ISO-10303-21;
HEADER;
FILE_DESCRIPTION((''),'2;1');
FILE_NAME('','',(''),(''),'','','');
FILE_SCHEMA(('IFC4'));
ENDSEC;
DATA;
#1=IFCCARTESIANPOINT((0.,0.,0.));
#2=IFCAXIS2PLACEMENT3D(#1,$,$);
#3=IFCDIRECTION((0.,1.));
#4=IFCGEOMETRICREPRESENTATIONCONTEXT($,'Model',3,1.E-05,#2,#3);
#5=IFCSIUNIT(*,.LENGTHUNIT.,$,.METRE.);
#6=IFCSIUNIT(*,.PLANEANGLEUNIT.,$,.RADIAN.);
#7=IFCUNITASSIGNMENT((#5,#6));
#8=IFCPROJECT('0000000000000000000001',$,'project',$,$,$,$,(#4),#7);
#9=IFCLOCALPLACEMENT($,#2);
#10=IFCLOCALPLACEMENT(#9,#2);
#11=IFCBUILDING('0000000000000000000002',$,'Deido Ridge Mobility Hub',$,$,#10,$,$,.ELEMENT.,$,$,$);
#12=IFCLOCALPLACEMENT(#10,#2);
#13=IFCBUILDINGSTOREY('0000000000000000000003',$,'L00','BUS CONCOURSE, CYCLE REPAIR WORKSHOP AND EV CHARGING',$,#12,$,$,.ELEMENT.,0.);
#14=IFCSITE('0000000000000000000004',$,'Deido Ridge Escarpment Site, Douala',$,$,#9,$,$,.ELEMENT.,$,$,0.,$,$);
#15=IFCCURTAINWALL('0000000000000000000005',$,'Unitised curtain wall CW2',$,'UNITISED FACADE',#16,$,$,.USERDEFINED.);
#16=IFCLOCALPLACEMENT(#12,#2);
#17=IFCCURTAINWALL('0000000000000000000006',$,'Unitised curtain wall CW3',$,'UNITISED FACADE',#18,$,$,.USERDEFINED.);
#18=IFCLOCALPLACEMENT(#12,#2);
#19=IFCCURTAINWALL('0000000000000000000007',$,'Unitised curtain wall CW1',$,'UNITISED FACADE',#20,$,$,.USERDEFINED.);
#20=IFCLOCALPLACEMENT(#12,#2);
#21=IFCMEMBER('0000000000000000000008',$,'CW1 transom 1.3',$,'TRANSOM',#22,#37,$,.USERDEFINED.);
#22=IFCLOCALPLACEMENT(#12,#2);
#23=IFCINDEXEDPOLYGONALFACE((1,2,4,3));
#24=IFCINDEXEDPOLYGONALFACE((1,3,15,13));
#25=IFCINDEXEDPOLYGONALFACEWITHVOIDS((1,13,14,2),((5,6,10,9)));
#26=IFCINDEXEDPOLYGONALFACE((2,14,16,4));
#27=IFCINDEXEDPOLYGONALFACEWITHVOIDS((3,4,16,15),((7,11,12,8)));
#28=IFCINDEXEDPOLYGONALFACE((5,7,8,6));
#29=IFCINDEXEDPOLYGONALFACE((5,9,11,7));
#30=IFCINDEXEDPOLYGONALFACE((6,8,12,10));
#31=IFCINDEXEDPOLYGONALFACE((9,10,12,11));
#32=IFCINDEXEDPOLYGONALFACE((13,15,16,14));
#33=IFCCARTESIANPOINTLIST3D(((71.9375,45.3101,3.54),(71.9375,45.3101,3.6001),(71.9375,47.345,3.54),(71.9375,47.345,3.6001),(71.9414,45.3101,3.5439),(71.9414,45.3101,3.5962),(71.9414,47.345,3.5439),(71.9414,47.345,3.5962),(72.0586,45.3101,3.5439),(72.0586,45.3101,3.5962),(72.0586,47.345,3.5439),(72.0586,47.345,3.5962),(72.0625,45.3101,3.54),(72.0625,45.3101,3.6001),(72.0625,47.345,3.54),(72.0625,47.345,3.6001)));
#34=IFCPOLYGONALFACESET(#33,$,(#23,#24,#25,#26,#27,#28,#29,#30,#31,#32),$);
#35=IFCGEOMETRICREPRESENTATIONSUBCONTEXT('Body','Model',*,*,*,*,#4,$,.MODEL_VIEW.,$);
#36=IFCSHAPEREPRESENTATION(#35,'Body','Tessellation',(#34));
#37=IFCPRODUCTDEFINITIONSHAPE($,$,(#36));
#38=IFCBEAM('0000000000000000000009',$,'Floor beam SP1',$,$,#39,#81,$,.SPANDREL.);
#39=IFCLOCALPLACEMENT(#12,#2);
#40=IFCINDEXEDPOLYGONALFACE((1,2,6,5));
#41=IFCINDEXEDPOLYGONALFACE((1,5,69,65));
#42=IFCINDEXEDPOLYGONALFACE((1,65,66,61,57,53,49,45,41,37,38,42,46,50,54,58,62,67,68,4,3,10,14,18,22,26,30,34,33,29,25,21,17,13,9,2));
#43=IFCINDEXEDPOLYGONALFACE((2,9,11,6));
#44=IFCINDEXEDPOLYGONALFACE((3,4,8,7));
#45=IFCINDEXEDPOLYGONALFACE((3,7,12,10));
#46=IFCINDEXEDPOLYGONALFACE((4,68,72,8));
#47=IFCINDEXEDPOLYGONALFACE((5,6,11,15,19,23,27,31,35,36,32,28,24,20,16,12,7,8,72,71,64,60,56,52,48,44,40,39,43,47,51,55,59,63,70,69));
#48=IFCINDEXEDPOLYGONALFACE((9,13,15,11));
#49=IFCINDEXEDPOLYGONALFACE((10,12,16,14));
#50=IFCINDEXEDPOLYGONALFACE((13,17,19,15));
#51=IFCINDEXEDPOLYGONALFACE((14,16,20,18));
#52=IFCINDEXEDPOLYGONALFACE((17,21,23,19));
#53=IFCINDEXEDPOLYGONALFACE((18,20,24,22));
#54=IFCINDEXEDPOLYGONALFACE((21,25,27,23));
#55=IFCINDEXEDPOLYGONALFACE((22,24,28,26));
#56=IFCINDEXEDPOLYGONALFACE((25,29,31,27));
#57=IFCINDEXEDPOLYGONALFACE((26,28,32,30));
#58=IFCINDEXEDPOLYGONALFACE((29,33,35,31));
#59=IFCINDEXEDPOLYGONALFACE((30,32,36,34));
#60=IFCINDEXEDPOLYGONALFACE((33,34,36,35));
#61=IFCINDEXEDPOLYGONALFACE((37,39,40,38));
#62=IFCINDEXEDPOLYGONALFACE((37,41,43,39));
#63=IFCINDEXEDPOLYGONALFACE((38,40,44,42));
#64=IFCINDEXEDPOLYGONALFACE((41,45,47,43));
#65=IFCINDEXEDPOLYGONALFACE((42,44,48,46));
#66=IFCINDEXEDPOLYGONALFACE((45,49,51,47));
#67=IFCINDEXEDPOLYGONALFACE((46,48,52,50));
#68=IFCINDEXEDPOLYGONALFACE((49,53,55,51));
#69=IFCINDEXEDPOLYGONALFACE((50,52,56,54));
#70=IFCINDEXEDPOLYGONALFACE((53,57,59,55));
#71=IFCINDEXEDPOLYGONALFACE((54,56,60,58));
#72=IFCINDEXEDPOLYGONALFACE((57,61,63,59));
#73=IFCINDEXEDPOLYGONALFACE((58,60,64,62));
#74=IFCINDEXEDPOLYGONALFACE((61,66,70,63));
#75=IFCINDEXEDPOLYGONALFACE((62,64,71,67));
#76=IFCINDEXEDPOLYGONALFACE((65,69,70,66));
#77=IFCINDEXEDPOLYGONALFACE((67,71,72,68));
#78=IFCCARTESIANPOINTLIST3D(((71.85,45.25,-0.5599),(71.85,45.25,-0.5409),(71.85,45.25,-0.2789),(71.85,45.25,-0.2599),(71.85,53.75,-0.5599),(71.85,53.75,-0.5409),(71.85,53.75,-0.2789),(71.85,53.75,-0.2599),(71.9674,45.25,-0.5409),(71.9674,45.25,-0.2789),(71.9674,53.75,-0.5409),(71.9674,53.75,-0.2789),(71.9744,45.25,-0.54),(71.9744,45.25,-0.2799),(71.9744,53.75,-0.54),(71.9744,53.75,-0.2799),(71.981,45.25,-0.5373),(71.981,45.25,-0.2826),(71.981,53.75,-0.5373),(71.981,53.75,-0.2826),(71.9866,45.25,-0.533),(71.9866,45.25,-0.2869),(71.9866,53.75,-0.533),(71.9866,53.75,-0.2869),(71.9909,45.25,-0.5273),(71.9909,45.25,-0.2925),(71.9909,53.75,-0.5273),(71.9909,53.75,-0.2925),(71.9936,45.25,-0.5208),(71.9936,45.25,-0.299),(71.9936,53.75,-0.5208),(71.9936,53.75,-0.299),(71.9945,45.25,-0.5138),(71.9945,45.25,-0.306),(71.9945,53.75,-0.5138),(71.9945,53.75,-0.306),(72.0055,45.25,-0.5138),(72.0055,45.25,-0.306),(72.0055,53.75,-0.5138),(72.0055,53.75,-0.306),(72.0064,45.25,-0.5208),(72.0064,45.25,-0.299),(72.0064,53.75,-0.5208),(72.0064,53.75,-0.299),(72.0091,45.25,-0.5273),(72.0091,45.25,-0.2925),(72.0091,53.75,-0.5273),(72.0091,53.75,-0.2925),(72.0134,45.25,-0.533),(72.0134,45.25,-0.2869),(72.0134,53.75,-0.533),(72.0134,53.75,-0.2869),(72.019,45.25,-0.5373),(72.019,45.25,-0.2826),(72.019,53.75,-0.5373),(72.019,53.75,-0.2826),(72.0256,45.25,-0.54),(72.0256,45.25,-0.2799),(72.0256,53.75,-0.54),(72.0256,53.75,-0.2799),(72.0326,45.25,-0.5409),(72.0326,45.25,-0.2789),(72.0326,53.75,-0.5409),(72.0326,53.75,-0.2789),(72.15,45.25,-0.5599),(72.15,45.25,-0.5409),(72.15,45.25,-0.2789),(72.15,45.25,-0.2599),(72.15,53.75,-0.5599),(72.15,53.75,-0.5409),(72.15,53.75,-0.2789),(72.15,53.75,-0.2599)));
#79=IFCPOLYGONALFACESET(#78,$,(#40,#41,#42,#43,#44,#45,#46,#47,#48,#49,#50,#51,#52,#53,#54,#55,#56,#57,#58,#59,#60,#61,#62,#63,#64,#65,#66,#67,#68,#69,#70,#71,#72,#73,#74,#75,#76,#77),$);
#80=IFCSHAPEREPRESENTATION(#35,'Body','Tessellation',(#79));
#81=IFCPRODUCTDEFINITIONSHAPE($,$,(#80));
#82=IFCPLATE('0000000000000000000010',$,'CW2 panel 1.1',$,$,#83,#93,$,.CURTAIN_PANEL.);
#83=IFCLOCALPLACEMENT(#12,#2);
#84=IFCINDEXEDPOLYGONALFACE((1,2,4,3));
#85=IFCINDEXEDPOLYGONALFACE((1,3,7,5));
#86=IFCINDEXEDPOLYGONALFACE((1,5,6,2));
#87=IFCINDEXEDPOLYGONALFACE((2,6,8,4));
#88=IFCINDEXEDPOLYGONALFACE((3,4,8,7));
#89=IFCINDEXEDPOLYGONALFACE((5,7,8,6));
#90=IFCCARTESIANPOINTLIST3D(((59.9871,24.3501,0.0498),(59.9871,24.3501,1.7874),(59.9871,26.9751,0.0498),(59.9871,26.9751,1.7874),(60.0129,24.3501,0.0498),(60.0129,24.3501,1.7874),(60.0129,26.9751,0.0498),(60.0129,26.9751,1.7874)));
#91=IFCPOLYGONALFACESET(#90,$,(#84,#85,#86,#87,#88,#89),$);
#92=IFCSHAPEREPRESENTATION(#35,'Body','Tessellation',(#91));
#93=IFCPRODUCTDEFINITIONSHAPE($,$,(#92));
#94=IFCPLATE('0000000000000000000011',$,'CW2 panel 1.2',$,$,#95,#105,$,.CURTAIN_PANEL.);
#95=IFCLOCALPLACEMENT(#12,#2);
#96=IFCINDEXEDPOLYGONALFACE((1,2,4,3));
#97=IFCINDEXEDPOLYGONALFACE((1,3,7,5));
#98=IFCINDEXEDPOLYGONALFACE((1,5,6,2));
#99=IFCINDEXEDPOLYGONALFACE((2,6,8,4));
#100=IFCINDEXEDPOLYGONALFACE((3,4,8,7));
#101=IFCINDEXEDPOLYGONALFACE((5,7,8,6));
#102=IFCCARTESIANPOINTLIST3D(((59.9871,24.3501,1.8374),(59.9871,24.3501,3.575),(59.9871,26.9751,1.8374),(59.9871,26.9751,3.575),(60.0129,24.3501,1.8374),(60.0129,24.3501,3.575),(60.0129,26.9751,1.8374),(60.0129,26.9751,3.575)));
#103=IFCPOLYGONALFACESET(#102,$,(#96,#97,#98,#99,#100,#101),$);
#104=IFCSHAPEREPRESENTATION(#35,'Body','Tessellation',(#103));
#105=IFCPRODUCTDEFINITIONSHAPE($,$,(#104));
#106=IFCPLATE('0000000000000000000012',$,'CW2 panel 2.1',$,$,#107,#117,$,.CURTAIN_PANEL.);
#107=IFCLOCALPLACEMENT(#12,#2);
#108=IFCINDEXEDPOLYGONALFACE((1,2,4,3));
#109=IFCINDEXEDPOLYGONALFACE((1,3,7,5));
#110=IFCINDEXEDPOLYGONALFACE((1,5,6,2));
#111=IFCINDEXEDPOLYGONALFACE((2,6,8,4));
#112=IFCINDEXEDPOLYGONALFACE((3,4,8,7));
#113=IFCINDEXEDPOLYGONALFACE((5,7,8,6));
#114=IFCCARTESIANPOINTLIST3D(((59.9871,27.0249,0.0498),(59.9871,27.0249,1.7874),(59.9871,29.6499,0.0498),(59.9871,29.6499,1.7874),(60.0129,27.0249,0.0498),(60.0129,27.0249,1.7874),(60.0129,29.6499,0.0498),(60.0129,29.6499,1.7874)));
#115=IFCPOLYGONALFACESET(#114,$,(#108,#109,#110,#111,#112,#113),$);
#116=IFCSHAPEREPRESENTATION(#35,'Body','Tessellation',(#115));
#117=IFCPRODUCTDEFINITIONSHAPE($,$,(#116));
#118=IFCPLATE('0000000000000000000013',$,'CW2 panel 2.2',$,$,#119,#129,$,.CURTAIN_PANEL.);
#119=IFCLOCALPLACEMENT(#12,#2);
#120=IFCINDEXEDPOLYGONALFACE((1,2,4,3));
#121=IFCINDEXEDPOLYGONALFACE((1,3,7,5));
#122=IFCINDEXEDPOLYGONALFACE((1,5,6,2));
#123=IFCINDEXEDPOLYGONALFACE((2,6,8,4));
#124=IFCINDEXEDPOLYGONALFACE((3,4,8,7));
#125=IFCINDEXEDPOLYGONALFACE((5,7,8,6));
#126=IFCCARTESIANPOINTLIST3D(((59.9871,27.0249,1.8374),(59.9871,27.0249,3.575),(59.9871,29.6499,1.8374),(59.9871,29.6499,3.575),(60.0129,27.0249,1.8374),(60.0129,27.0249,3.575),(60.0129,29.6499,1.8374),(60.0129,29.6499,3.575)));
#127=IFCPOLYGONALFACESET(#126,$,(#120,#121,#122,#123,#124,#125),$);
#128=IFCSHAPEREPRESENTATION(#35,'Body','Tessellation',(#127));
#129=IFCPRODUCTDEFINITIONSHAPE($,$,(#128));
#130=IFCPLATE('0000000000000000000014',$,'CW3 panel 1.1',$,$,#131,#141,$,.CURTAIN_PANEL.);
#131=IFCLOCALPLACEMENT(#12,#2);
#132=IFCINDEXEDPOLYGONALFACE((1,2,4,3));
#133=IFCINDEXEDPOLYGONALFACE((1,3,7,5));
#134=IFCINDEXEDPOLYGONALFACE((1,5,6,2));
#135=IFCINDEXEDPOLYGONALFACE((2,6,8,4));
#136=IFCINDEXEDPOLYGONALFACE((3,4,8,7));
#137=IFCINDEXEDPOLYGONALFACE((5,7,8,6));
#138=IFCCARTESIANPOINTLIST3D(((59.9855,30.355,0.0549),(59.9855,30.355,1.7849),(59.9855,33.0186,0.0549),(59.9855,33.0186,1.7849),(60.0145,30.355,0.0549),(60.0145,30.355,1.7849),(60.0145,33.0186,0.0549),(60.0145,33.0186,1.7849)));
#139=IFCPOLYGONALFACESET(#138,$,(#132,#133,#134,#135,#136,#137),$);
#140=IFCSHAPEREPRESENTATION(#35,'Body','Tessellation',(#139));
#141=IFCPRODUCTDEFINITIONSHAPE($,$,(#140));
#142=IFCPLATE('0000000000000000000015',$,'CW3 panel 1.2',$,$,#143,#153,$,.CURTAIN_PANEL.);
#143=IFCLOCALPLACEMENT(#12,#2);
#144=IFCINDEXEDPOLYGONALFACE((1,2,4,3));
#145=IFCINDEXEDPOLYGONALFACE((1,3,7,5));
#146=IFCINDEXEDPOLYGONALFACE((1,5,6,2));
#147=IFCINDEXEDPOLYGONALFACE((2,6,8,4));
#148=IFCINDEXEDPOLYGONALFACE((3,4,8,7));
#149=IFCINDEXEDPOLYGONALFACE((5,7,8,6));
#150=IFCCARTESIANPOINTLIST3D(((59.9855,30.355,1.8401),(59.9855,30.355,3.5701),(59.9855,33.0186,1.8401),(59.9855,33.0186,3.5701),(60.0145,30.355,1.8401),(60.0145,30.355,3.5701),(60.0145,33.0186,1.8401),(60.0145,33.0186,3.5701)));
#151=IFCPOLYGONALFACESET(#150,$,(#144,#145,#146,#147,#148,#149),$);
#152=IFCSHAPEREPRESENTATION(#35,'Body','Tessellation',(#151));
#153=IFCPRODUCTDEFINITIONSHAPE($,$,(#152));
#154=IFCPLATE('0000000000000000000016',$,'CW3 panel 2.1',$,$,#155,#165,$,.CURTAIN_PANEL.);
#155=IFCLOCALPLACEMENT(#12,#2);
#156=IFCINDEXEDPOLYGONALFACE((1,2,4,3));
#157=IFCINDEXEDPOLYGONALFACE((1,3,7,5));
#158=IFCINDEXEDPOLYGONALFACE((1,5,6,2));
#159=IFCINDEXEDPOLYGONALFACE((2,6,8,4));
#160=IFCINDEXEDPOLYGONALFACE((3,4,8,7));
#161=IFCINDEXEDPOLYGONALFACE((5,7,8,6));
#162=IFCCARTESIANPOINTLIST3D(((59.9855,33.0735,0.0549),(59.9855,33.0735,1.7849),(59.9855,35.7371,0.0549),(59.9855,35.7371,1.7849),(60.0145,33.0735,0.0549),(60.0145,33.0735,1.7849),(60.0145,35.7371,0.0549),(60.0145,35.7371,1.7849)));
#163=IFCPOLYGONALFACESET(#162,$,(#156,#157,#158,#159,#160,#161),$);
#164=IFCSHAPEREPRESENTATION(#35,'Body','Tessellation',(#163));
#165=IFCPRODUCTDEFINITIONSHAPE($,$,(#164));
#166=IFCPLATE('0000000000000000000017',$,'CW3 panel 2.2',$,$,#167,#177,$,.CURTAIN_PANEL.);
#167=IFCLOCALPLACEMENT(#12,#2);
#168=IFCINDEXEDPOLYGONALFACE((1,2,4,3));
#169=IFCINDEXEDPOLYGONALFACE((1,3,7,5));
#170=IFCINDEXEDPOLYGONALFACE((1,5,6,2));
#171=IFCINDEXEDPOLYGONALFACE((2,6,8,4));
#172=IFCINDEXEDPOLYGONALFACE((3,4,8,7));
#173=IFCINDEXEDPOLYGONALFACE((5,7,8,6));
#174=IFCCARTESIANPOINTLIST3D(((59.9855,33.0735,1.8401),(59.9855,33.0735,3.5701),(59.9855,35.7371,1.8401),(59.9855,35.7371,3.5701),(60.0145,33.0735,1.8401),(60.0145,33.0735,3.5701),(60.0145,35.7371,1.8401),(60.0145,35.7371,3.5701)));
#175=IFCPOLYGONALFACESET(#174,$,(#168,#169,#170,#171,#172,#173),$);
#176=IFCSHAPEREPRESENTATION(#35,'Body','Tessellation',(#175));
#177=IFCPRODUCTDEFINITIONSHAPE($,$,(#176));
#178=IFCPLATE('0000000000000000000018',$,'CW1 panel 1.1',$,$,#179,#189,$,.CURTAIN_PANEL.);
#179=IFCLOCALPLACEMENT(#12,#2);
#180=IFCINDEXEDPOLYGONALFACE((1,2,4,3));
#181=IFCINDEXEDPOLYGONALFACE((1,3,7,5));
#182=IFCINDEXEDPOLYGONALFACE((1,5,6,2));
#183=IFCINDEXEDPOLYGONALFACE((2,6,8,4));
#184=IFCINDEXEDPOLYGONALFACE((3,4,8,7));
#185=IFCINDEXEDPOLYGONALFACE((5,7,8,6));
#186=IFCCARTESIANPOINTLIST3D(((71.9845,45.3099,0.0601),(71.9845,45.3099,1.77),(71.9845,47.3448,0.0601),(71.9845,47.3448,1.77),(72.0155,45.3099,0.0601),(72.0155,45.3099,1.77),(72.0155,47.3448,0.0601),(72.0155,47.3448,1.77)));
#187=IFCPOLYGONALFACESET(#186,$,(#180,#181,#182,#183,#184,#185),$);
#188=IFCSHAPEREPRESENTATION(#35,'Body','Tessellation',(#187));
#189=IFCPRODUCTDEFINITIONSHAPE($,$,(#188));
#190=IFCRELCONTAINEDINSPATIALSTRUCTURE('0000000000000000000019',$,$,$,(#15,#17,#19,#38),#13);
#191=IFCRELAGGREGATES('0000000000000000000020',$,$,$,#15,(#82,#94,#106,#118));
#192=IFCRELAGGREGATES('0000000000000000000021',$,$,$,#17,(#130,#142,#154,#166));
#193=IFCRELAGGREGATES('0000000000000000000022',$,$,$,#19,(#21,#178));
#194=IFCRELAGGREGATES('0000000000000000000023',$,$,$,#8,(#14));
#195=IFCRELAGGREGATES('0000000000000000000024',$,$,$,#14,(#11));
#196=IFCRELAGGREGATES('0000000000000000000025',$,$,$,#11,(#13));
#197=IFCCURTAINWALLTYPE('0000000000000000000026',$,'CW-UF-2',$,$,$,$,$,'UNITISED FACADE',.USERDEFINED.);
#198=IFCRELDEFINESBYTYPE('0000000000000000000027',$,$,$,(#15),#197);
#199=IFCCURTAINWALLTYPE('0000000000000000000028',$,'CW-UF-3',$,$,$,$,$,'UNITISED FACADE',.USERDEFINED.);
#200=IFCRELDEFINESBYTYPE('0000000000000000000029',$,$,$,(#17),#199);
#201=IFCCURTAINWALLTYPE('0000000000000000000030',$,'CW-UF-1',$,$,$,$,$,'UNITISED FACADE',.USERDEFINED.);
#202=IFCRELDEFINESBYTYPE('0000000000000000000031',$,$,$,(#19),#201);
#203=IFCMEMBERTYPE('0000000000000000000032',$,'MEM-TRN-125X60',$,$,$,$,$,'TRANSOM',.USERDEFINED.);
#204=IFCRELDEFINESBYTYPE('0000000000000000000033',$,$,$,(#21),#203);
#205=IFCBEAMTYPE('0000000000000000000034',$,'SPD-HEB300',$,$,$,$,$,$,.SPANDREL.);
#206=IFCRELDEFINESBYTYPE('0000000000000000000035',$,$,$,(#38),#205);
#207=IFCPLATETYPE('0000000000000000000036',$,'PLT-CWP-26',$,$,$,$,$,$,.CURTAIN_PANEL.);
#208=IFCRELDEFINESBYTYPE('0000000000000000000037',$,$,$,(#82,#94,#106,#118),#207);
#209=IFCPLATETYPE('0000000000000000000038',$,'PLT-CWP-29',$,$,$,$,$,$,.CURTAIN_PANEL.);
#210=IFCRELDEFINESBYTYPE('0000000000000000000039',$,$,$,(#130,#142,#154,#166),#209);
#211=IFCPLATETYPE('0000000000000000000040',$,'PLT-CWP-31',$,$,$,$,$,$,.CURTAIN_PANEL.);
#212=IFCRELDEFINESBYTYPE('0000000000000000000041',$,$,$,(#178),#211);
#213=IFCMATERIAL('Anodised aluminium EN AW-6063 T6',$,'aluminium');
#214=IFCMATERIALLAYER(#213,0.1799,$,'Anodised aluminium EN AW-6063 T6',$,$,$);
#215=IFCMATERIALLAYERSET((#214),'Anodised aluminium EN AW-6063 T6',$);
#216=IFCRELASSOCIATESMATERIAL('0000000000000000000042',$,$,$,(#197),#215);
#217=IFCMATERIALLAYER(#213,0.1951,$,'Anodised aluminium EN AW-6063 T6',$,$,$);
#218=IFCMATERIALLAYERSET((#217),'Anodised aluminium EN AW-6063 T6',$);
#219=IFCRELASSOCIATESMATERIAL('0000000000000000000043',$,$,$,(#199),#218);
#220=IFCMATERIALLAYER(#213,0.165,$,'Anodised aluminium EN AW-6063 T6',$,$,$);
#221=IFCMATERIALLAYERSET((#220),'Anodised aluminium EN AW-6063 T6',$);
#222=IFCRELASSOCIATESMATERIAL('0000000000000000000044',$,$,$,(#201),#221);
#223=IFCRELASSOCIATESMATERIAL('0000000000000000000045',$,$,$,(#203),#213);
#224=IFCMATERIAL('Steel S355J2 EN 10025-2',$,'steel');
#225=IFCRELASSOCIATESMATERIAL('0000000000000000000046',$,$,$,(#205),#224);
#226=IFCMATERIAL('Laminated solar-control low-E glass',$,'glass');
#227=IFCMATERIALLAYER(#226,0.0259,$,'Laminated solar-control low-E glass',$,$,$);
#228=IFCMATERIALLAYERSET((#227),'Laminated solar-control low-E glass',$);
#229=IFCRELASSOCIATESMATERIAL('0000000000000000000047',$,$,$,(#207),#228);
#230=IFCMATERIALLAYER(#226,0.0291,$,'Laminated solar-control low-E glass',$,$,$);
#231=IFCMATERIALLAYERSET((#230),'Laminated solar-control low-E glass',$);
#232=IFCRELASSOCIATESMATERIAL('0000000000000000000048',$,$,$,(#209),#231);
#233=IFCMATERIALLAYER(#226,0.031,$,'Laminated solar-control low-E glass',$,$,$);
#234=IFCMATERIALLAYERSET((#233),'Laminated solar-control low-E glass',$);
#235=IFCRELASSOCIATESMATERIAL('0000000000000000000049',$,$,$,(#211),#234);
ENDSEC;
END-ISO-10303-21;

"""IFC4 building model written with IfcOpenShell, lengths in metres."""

from ifc_helpers import new_model, si_unit, direction, frame, origin, origin_2d, place, context, subcontext, project, spatial, rectangle, hollow_rectangle, i_section, extrude, material, layer, layer_set, material_profile, profile_set, type_object, element, aggregate, save


model = new_model("IFC4")

# Units and contexts
model_context = context("Model", 3, precision=1e-05, world=origin(), true_north=direction((0.0, 1.0)))
body_context = subcontext(model_context, "Body", "Model", "MODEL_VIEW")
ifc_project = project(units=[si_unit("LENGTHUNIT", "METRE"), si_unit("PLANEANGLEUNIT", "RADIAN")], contexts=[model_context])

# Site, building, storey
site_placement = place(None, origin())
site = spatial("IfcSite", under=ifc_project, at=site_placement, Name="Deido Ridge Escarpment Site, Douala", CompositionType="ELEMENT", RefElevation=0.0)
building_placement = place(site_placement, origin())
building = spatial("IfcBuilding", under=site, at=building_placement, Name="Deido Ridge Mobility Hub", CompositionType="ELEMENT")
storey_placement = place(building_placement, origin())
storey = spatial("IfcBuildingStorey", under=building, at=storey_placement, Name="L00", Description="BUS CONCOURSE, CYCLE REPAIR WORKSHOP AND EV CHARGING", CompositionType="ELEMENT", Elevation=0.0)

# Shared definitions
ifc_material_1 = material(Name="Steel S355J2 EN 10025-2", Category="steel")

# Curtain walls
ifc_material_2 = material(Name="Anodised aluminium EN AW-6063 T6", Category="aluminium")
ifc_layer_1 = layer(ifc_material_2, 0.1799, Name="Anodised aluminium EN AW-6063 T6")
ifc_layer_set_1 = layer_set([ifc_layer_1], Name="Anodised aluminium EN AW-6063 T6")
curtain_wall_type_1 = type_object("IfcCurtainWallType", Name="CW-UF-2", ElementType="UNITISED FACADE", PredefinedType="USERDEFINED", material=ifc_layer_set_1)
curtain_wall_1_placement = place(storey_placement, origin())
curtain_wall_1 = element("IfcCurtainWall", 1, at=curtain_wall_1_placement, inside=storey, type_object=curtain_wall_type_1, Name="Unitised curtain wall CW2", ObjectType="UNITISED FACADE", PredefinedType="USERDEFINED")
ifc_layer_2 = layer(ifc_material_2, 0.1951, Name="Anodised aluminium EN AW-6063 T6")
ifc_layer_set_2 = layer_set([ifc_layer_2], Name="Anodised aluminium EN AW-6063 T6")
curtain_wall_type_2 = type_object("IfcCurtainWallType", Name="CW-UF-3", ElementType="UNITISED FACADE", PredefinedType="USERDEFINED", material=ifc_layer_set_2)
curtain_wall_2_placement = place(storey_placement, origin())
curtain_wall_2 = element("IfcCurtainWall", 2, at=curtain_wall_2_placement, inside=storey, type_object=curtain_wall_type_2, Name="Unitised curtain wall CW3", ObjectType="UNITISED FACADE", PredefinedType="USERDEFINED")

# Curtain wall
ifc_layer_3 = layer(ifc_material_2, 0.165, Name="Anodised aluminium EN AW-6063 T6")
ifc_layer_set_3 = layer_set([ifc_layer_3], Name="Anodised aluminium EN AW-6063 T6")
curtain_wall_type_3 = type_object("IfcCurtainWallType", Name="CW-UF-1", ElementType="UNITISED FACADE", PredefinedType="USERDEFINED", material=ifc_layer_set_3)
curtain_wall_3_placement = place(storey_placement, origin())
curtain_wall_3 = element("IfcCurtainWall", 3, at=curtain_wall_3_placement, inside=storey, type_object=curtain_wall_type_3, Name="Unitised curtain wall CW1", ObjectType="UNITISED FACADE", PredefinedType="USERDEFINED")

# Member
ifc_material_profile_1 = material_profile(ifc_material_2, hollow_rectangle(XDim=0.125, YDim=0.0601, WallThickness=0.0039, at=origin_2d()), Name="RHS 125x60x4")
ifc_profile_set_1 = profile_set([ifc_material_profile_1], Name="Anodised aluminium EN AW-6063 T6")
member_type_1 = type_object("IfcMemberType", Name="MEM-TRN-125X60", ElementType="TRANSOM", PredefinedType="USERDEFINED", material=ifc_profile_set_1)
member_1_placement = place(storey_placement, frame((72.0, 45.3101, 3.5701), z_axis=(0.0, 1.0, 0.0), x_axis=(-1.0, 0.0, 0.0)))
member_1 = element("IfcMember", 4, at=member_1_placement, type_object=member_type_1, Name="CW1 transom 1.3", ObjectType="TRANSOM", PredefinedType="USERDEFINED", context=body_context, shape_type="SweptSolid", body=[
    extrude(hollow_rectangle(XDim=0.125, YDim=0.0601, WallThickness=0.0039, at=origin_2d()), origin(), (0.0, 0.0, 1.0), 2.0349),
])

# Beam
ifc_material_profile_2 = material_profile(ifc_material_1, i_section(OverallWidth=0.3, OverallDepth=0.3, WebThickness=0.011, FlangeThickness=0.019, FilletRadius=0.0271, at=origin_2d()), Name="HEB 300")
ifc_profile_set_2 = profile_set([ifc_material_profile_2], Name="Steel S355J2 EN 10025-2")
beam_type = type_object("IfcBeamType", Name="SPD-HEB300", PredefinedType="SPANDREL", material=ifc_profile_set_2)
beam_placement = place(storey_placement, frame((72.0, 45.25, -0.4099), z_axis=(0.0, 1.0, 0.0), x_axis=(-1.0, 0.0, 0.0)))
element("IfcBeam", 5, at=beam_placement, inside=storey, type_object=beam_type, Name="Floor beam SP1", PredefinedType="SPANDREL", context=body_context, shape_type="SweptSolid", body=[
    extrude(i_section(OverallWidth=0.3, OverallDepth=0.3, WebThickness=0.011, FlangeThickness=0.019, FilletRadius=0.0271, at=origin_2d()), origin(), (0.0, 0.0, 1.0), 8.5),
])

# Plates
ifc_material_3 = material(Name="Laminated solar-control low-E glass", Category="glass")
ifc_layer_4 = layer(ifc_material_3, 0.0259, Name="Laminated solar-control low-E glass")
ifc_layer_set_4 = layer_set([ifc_layer_4], Name="Laminated solar-control low-E glass")
plate_type_1 = type_object("IfcPlateType", Name="PLT-CWP-26", PredefinedType="CURTAIN_PANEL", material=ifc_layer_set_4)
plate_1_placement = place(storey_placement, frame((60.0, 25.6626, 0.0498), z_axis=(0.0, 0.0, 1.0), x_axis=(0.0, 1.0, 0.0)))
plate_1 = element("IfcPlate", 6, at=plate_1_placement, type_object=plate_type_1, Name="CW2 panel 1.1", PredefinedType="CURTAIN_PANEL", context=body_context, shape_type="SweptSolid", body=[
    extrude(rectangle(XDim=2.625, YDim=0.0259, at=origin_2d()), origin(), (0.0, 0.0, 1.0), 1.7375),
])
plate_2_placement = place(storey_placement, frame((60.0, 25.6626, 1.8374), z_axis=(0.0, 0.0, 1.0), x_axis=(0.0, 1.0, 0.0)))
plate_2 = element("IfcPlate", 7, at=plate_2_placement, type_object=plate_type_1, Name="CW2 panel 1.2", PredefinedType="CURTAIN_PANEL", context=body_context, shape_type="SweptSolid", body=[
    extrude(rectangle(XDim=2.625, YDim=0.0259, at=origin_2d()), origin(), (0.0, 0.0, 1.0), 1.7375),
])
plate_3_placement = place(storey_placement, frame((60.0, 28.3374, 0.0498), z_axis=(0.0, 0.0, 1.0), x_axis=(0.0, 1.0, 0.0)))
plate_3 = element("IfcPlate", 8, at=plate_3_placement, type_object=plate_type_1, Name="CW2 panel 2.1", PredefinedType="CURTAIN_PANEL", context=body_context, shape_type="SweptSolid", body=[
    extrude(rectangle(XDim=2.625, YDim=0.0259, at=origin_2d()), origin(), (0.0, 0.0, 1.0), 1.7375),
])
plate_4_placement = place(storey_placement, frame((60.0, 28.3374, 1.8374), z_axis=(0.0, 0.0, 1.0), x_axis=(0.0, 1.0, 0.0)))
plate_4 = element("IfcPlate", 9, at=plate_4_placement, type_object=plate_type_1, Name="CW2 panel 2.2", PredefinedType="CURTAIN_PANEL", context=body_context, shape_type="SweptSolid", body=[
    extrude(rectangle(XDim=2.625, YDim=0.0259, at=origin_2d()), origin(), (0.0, 0.0, 1.0), 1.7375),
])
aggregate(curtain_wall_1, [plate_1, plate_2, plate_3, plate_4])
ifc_layer_5 = layer(ifc_material_3, 0.0291, Name="Laminated solar-control low-E glass")
ifc_layer_set_5 = layer_set([ifc_layer_5], Name="Laminated solar-control low-E glass")
plate_type_2 = type_object("IfcPlateType", Name="PLT-CWP-29", PredefinedType="CURTAIN_PANEL", material=ifc_layer_set_5)
plate_5_placement = place(storey_placement, frame((60.0, 31.6868, 0.0549), z_axis=(0.0, 0.0, 1.0), x_axis=(0.0, 1.0, 0.0)))
plate_5 = element("IfcPlate", 10, at=plate_5_placement, type_object=plate_type_2, Name="CW3 panel 1.1", PredefinedType="CURTAIN_PANEL", context=body_context, shape_type="SweptSolid", body=[
    extrude(rectangle(XDim=2.6636, YDim=0.0291, at=origin_2d()), origin(), (0.0, 0.0, 1.0), 1.73),
])
plate_6_placement = place(storey_placement, frame((60.0, 31.6868, 1.8401), z_axis=(0.0, 0.0, 1.0), x_axis=(0.0, 1.0, 0.0)))
plate_6 = element("IfcPlate", 11, at=plate_6_placement, type_object=plate_type_2, Name="CW3 panel 1.2", PredefinedType="CURTAIN_PANEL", context=body_context, shape_type="SweptSolid", body=[
    extrude(rectangle(XDim=2.6636, YDim=0.0291, at=origin_2d()), origin(), (0.0, 0.0, 1.0), 1.73),
])
plate_7_placement = place(storey_placement, frame((60.0, 34.4053, 0.0549), z_axis=(0.0, 0.0, 1.0), x_axis=(0.0, 1.0, 0.0)))
plate_7 = element("IfcPlate", 12, at=plate_7_placement, type_object=plate_type_2, Name="CW3 panel 2.1", PredefinedType="CURTAIN_PANEL", context=body_context, shape_type="SweptSolid", body=[
    extrude(rectangle(XDim=2.6636, YDim=0.0291, at=origin_2d()), origin(), (0.0, 0.0, 1.0), 1.73),
])
plate_8_placement = place(storey_placement, frame((60.0, 34.4053, 1.8401), z_axis=(0.0, 0.0, 1.0), x_axis=(0.0, 1.0, 0.0)))
plate_8 = element("IfcPlate", 13, at=plate_8_placement, type_object=plate_type_2, Name="CW3 panel 2.2", PredefinedType="CURTAIN_PANEL", context=body_context, shape_type="SweptSolid", body=[
    extrude(rectangle(XDim=2.6636, YDim=0.0291, at=origin_2d()), origin(), (0.0, 0.0, 1.0), 1.73),
])
aggregate(curtain_wall_2, [plate_5, plate_6, plate_7, plate_8])
ifc_layer_6 = layer(ifc_material_3, 0.031, Name="Laminated solar-control low-E glass")
ifc_layer_set_6 = layer_set([ifc_layer_6], Name="Laminated solar-control low-E glass")
plate_type_3 = type_object("IfcPlateType", Name="PLT-CWP-31", PredefinedType="CURTAIN_PANEL", material=ifc_layer_set_6)
plate_9_placement = place(storey_placement, frame((72.0, 46.3274, 0.0601), z_axis=(0.0, 0.0, 1.0), x_axis=(0.0, 1.0, 0.0)))
plate_9 = element("IfcPlate", 14, at=plate_9_placement, type_object=plate_type_3, Name="CW1 panel 1.1", PredefinedType="CURTAIN_PANEL", context=body_context, shape_type="SweptSolid", body=[
    extrude(rectangle(XDim=2.0349, YDim=0.031, at=origin_2d()), origin(), (0.0, 0.0, 1.0), 1.71),
])
aggregate(curtain_wall_3, [member_1, plate_9])

save(model, "model.ifc")
